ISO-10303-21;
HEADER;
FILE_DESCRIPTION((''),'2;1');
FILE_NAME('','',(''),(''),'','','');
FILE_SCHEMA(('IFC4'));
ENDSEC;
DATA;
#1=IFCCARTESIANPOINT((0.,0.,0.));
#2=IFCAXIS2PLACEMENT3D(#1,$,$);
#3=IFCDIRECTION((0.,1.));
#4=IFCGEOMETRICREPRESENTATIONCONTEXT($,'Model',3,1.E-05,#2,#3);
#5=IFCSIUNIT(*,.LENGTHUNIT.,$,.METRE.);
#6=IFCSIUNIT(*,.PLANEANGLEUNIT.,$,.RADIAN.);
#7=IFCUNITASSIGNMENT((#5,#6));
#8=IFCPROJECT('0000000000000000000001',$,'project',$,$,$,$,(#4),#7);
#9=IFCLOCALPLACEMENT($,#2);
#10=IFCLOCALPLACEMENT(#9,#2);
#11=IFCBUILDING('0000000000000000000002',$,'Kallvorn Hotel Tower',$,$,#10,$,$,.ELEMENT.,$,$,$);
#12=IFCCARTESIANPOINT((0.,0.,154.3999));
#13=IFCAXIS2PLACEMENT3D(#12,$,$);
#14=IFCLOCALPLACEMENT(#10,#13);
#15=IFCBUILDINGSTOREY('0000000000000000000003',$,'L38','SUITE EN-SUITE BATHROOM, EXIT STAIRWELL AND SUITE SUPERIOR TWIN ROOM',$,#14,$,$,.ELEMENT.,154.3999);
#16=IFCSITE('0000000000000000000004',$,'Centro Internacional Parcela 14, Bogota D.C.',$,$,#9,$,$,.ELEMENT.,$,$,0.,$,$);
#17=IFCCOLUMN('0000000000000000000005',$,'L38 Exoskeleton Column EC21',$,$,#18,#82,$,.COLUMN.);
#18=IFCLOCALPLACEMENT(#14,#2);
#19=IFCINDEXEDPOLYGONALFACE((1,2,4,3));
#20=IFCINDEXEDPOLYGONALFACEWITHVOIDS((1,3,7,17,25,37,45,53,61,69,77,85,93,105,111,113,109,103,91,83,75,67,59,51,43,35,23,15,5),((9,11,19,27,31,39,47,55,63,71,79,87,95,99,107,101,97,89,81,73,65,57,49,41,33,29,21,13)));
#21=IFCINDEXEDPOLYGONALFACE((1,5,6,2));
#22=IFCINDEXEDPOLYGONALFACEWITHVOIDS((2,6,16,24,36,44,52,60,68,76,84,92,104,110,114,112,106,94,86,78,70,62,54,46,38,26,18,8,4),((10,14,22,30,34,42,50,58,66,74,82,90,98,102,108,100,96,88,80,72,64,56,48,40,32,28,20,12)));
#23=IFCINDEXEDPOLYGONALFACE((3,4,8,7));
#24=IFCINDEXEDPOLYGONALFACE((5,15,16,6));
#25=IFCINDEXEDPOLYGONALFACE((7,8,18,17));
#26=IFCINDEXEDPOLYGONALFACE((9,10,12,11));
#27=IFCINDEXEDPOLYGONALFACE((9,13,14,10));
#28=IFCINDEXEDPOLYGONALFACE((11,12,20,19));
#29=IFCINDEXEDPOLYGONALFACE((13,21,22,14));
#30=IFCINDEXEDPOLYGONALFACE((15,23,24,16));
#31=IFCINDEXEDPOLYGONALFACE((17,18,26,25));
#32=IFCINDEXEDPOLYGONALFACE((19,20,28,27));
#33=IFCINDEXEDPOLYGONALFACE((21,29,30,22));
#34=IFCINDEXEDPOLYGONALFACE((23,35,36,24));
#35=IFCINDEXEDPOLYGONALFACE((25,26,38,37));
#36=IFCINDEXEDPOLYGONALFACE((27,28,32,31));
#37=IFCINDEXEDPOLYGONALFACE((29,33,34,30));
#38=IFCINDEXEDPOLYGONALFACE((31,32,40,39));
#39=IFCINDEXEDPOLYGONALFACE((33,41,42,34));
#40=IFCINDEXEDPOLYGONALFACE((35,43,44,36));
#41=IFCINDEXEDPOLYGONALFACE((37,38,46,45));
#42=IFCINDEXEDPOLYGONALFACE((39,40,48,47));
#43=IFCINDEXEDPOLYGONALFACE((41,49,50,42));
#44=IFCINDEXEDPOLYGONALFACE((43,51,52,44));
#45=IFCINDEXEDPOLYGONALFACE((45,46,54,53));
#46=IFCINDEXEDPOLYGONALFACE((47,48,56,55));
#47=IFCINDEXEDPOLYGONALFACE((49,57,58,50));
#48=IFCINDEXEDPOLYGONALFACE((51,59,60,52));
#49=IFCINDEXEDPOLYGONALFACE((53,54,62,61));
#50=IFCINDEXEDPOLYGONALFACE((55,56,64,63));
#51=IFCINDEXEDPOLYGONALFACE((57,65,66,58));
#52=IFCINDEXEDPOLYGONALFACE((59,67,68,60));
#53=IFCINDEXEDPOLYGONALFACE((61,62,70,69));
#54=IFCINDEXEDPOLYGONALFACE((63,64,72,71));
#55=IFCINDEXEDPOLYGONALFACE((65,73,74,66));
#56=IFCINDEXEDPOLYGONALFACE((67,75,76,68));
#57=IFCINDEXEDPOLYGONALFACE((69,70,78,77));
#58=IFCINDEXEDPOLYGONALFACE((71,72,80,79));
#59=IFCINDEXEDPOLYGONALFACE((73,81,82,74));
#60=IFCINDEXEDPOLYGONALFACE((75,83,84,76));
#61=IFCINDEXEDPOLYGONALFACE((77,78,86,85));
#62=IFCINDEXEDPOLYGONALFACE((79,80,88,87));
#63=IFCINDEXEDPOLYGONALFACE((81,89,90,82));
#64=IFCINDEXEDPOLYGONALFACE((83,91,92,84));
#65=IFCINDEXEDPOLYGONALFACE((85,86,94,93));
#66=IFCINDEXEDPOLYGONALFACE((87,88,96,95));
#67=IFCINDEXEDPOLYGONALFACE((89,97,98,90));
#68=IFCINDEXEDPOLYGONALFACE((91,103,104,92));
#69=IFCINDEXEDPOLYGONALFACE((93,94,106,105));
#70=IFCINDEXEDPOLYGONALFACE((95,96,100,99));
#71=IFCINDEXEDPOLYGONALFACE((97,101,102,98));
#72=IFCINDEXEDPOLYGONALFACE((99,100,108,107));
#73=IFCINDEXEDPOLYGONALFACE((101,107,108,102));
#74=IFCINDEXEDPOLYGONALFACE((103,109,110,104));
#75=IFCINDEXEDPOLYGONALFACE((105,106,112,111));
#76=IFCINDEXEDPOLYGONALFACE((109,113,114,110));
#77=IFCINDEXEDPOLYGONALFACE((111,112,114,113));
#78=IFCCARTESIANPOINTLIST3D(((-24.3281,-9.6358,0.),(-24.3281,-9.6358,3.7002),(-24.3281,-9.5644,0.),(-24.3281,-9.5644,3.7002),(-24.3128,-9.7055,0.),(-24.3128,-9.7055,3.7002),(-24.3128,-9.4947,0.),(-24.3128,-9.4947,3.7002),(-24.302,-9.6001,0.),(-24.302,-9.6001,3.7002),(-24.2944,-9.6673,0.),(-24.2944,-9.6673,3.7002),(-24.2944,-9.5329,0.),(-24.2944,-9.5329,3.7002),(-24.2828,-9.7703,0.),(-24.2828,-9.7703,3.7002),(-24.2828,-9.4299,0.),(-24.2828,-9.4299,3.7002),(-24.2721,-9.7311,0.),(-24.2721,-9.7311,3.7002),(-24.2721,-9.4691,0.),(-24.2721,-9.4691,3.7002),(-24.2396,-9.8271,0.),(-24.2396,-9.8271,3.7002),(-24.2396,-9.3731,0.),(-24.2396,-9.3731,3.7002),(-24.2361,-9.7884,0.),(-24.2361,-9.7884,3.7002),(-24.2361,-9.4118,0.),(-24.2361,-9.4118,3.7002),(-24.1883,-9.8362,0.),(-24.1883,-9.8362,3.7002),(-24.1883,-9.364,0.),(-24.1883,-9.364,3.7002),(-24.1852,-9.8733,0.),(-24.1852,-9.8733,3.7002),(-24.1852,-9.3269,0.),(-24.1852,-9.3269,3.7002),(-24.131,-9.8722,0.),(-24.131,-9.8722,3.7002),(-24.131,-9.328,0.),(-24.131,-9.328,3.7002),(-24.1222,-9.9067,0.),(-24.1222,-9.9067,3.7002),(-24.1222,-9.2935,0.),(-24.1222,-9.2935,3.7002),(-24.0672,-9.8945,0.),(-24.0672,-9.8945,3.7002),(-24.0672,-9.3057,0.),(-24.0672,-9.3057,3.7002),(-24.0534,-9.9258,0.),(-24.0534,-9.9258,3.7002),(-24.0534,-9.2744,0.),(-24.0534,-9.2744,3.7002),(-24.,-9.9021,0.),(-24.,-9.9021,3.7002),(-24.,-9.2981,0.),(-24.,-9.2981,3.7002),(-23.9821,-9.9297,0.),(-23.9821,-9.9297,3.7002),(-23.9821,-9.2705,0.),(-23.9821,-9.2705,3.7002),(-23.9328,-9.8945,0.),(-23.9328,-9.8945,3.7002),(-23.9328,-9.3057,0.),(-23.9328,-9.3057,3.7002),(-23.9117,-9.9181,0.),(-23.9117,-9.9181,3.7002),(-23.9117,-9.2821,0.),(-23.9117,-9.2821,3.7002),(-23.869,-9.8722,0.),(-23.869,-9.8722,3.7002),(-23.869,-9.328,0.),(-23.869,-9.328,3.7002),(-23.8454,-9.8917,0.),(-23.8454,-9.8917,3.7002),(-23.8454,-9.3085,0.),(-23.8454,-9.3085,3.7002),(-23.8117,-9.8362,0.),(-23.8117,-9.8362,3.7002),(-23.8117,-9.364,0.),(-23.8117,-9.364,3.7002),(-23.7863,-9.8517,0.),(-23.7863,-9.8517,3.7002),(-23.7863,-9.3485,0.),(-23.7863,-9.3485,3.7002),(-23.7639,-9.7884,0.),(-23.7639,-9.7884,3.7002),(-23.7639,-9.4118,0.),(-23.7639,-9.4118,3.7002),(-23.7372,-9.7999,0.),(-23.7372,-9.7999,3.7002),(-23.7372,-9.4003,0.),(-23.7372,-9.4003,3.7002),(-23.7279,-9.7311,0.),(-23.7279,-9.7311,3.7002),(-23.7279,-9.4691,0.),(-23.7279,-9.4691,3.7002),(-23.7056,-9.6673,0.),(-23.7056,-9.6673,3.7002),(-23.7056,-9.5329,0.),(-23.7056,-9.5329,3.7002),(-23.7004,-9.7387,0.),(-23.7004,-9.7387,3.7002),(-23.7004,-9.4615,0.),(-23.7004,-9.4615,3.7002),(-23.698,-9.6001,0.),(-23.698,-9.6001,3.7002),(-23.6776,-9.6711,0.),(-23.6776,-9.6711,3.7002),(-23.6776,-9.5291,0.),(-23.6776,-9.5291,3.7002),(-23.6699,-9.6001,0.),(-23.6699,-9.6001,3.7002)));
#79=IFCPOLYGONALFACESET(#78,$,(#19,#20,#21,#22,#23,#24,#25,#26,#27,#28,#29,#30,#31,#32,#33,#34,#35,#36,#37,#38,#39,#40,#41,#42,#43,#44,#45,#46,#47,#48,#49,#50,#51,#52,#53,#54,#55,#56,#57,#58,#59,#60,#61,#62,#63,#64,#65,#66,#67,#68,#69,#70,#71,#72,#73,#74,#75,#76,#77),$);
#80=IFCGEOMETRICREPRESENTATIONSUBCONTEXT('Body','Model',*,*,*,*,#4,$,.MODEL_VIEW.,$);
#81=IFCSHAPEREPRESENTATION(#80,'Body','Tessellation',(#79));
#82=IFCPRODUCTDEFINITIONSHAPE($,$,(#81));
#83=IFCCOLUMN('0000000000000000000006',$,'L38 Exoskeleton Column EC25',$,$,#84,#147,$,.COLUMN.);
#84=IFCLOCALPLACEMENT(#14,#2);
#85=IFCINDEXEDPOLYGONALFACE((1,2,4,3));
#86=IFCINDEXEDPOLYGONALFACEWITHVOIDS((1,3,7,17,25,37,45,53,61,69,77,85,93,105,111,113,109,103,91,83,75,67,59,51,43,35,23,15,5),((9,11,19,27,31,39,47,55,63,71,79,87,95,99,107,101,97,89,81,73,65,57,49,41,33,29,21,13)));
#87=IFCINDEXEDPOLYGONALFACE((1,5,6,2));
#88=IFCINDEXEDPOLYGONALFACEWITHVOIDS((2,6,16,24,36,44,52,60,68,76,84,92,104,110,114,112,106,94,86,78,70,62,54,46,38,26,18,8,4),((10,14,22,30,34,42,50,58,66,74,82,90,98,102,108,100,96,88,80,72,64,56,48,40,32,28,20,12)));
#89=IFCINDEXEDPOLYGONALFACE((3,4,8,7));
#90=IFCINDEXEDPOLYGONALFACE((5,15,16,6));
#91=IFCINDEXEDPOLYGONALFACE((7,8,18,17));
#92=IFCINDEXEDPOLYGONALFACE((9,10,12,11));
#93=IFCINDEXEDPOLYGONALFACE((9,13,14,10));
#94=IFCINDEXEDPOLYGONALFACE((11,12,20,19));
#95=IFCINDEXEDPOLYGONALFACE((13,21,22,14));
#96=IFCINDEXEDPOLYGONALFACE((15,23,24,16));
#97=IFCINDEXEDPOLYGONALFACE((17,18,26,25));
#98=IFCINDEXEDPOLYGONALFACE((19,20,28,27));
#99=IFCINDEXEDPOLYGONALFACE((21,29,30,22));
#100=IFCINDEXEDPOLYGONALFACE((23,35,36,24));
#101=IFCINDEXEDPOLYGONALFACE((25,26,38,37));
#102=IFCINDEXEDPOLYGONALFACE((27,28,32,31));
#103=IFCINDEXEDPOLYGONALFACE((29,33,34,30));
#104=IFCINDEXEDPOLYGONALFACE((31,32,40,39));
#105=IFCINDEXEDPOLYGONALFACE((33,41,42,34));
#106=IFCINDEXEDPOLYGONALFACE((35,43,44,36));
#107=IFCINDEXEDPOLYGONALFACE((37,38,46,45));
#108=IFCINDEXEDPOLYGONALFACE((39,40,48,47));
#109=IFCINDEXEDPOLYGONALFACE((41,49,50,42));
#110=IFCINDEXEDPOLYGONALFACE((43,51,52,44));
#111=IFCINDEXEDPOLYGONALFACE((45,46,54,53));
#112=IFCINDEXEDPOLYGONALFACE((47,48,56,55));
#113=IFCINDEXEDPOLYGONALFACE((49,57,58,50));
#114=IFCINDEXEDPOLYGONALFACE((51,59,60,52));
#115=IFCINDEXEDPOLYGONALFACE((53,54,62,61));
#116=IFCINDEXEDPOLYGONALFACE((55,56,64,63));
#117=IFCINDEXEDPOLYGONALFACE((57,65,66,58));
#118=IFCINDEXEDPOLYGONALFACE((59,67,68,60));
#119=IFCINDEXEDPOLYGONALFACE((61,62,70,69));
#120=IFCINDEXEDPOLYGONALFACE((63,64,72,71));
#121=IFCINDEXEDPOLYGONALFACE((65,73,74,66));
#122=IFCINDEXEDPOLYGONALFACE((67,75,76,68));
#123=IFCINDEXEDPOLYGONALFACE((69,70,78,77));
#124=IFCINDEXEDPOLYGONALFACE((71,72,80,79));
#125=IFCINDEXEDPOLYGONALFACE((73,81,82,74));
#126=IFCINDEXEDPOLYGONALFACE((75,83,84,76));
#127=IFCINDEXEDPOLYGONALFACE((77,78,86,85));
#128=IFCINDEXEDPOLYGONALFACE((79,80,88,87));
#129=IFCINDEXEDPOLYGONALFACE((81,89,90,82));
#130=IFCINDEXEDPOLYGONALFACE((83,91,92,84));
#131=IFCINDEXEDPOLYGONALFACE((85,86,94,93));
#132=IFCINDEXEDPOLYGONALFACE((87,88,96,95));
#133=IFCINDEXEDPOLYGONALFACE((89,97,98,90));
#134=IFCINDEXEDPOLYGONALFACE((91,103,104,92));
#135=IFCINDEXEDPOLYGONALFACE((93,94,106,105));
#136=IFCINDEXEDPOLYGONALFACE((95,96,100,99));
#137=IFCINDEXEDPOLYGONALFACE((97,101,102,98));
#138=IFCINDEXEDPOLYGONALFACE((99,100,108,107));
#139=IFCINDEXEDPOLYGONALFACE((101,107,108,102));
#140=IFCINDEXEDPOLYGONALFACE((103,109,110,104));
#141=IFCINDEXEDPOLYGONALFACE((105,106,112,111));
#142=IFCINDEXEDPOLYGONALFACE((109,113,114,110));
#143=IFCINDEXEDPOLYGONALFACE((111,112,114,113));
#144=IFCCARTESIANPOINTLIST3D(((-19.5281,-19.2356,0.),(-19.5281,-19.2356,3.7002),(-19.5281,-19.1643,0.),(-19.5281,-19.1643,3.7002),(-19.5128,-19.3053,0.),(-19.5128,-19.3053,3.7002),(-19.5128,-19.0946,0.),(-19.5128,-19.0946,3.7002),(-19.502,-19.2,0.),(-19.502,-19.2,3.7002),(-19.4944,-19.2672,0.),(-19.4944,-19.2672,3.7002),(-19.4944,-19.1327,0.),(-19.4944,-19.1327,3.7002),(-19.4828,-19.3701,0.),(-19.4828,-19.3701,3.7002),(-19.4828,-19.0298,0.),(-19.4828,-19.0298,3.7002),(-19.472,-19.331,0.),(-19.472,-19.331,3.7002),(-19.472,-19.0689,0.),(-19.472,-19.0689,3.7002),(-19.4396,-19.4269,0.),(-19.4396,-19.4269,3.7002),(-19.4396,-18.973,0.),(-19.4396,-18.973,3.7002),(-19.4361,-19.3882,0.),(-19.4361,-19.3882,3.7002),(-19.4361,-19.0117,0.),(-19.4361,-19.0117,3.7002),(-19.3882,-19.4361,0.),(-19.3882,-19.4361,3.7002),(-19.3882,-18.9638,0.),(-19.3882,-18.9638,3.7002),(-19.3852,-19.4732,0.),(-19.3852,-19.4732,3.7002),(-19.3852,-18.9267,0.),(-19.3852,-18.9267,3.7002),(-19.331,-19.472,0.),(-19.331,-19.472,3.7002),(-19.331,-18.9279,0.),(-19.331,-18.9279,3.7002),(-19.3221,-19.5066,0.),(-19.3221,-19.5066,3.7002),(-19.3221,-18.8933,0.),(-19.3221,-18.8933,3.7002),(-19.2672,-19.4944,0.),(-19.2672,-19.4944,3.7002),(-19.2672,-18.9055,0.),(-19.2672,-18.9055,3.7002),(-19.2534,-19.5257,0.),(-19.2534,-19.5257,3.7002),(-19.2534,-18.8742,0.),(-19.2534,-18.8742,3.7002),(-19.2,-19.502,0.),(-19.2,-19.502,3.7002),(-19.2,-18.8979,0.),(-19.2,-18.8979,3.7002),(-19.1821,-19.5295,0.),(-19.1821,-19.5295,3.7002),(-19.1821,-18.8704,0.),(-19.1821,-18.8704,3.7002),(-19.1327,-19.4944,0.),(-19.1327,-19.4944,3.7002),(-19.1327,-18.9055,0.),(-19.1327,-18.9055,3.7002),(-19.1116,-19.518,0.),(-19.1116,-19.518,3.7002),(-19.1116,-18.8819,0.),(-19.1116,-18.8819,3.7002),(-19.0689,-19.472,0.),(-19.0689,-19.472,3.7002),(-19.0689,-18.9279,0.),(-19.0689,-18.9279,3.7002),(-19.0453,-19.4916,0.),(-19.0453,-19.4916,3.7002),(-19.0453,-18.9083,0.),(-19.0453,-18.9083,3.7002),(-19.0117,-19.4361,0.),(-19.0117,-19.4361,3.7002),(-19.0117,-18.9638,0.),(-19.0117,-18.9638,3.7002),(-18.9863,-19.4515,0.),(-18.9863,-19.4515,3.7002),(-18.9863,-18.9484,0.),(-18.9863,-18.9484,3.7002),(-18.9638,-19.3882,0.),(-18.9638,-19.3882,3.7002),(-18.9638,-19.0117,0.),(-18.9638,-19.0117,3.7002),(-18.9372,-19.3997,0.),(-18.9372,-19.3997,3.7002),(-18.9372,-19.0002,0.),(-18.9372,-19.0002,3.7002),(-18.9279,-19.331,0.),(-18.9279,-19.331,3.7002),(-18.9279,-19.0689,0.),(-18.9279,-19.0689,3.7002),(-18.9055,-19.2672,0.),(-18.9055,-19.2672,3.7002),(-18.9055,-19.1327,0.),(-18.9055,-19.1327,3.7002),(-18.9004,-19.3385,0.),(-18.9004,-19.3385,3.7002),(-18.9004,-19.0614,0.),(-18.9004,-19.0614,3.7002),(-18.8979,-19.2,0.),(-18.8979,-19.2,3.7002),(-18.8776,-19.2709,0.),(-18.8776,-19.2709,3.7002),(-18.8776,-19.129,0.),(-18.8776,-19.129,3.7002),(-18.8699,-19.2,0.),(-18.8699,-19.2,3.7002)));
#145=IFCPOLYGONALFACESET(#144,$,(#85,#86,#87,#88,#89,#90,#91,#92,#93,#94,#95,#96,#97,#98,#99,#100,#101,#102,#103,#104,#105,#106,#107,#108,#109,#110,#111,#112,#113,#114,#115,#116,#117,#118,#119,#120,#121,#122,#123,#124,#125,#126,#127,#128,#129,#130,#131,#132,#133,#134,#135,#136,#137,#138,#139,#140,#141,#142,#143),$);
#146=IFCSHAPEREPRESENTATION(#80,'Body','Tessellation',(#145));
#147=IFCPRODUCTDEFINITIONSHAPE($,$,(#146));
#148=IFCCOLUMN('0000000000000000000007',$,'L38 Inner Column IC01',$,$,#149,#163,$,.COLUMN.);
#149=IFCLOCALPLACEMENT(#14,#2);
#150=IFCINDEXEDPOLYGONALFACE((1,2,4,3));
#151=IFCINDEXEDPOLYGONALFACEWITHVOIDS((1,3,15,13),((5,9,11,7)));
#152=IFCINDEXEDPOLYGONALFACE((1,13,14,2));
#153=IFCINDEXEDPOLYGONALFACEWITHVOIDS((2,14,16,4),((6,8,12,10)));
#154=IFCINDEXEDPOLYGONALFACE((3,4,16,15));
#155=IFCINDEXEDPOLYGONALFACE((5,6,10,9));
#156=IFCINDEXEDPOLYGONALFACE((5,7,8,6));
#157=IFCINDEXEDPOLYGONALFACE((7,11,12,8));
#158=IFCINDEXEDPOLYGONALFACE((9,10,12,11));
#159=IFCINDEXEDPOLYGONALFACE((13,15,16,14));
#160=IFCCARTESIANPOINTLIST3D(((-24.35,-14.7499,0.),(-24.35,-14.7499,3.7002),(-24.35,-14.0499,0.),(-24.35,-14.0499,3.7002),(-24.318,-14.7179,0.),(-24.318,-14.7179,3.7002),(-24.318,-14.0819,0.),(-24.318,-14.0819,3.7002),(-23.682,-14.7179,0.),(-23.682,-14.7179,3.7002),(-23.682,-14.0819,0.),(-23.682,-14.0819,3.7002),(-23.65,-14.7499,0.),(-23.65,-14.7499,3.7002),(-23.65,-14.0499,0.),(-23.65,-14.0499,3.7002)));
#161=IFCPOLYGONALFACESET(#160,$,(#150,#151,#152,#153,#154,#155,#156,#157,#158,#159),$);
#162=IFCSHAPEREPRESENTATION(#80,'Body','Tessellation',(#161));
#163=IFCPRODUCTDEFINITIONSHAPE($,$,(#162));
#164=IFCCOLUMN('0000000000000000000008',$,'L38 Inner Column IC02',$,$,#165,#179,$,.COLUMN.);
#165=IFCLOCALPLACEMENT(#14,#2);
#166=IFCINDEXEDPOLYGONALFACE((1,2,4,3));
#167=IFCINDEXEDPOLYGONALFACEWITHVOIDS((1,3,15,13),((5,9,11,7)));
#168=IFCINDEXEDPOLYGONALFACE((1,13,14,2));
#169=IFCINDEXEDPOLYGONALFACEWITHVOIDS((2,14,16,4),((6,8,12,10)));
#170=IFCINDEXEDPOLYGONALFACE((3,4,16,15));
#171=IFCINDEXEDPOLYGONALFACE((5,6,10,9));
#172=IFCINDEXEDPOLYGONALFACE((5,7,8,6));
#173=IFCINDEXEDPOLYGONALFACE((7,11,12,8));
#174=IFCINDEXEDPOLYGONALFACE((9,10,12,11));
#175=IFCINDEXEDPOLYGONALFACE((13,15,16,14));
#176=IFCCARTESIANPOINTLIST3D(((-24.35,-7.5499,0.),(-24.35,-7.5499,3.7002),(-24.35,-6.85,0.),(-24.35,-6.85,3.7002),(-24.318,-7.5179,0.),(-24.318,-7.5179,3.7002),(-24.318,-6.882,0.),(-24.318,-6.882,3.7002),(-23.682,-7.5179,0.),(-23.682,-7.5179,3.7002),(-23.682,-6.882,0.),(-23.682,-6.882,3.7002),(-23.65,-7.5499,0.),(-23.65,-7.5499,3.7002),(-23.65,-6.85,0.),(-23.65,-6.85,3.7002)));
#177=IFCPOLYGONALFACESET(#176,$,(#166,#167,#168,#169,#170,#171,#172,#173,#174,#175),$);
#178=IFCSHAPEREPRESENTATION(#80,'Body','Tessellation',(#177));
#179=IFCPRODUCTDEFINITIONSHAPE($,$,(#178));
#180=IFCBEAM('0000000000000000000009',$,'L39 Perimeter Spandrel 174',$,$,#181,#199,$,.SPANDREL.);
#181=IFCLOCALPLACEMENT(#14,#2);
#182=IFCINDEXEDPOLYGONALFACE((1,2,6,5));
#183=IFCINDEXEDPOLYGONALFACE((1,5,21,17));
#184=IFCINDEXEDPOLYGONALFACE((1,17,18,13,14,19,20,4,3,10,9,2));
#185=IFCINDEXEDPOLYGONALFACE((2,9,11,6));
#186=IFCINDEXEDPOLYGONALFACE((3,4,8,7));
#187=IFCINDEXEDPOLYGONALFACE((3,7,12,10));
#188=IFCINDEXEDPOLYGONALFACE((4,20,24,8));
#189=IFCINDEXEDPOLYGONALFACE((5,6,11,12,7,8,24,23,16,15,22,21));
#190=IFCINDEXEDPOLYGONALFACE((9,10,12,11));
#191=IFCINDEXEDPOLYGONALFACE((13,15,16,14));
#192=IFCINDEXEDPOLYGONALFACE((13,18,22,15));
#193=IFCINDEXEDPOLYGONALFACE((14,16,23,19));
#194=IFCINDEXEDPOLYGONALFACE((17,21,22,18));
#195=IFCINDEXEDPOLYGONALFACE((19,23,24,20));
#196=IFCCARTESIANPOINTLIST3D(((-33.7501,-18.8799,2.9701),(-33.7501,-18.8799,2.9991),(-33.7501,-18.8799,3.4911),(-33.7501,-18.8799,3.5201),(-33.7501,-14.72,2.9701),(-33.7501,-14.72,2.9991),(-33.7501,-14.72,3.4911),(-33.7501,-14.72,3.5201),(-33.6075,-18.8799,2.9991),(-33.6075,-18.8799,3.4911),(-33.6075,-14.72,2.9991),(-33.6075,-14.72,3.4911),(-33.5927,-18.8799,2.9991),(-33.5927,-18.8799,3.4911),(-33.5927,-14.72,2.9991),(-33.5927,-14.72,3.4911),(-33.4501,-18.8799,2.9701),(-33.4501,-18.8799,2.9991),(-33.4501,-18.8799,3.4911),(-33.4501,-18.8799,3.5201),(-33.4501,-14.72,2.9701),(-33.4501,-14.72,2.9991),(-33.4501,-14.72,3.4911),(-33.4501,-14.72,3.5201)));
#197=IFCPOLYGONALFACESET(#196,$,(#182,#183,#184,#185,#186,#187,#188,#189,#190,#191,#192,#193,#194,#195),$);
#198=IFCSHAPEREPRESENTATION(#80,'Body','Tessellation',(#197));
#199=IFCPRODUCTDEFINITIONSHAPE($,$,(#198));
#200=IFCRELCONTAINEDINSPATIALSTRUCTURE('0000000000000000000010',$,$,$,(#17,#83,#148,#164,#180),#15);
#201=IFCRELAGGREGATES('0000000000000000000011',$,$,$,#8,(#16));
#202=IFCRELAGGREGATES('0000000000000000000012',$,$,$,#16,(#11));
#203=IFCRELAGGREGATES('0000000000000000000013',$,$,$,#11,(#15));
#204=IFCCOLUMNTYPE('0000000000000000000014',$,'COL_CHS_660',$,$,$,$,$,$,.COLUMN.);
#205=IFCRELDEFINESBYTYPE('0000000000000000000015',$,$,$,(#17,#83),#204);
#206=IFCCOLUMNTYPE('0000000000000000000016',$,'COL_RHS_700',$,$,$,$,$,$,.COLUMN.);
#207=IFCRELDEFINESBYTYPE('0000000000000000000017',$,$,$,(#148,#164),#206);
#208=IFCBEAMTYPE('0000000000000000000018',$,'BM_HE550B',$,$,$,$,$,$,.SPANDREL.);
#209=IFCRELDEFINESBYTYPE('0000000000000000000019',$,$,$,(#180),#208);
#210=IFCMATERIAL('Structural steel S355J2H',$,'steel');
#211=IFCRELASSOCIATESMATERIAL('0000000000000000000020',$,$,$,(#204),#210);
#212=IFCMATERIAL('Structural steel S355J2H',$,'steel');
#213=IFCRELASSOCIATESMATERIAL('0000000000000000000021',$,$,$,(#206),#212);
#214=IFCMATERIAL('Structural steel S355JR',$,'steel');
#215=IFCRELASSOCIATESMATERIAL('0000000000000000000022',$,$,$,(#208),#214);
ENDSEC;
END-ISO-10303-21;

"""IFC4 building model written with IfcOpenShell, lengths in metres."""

from ifc_helpers import new_model, si_unit, direction, frame, origin, origin_2d, place, context, subcontext, project, spatial, hollow_rectangle, hollow_circle, i_section, extrude, material, material_profile, profile_set, type_object, element, save


model = new_model("IFC4")

# Units and contexts
model_context = context("Model", 3, precision=1e-05, world=origin(), true_north=direction((0.0, 1.0)))
body_context = subcontext(model_context, "Body", "Model", "MODEL_VIEW")
ifc_project = project(units=[si_unit("LENGTHUNIT", "METRE"), si_unit("PLANEANGLEUNIT", "RADIAN")], contexts=[model_context])

# Site, building, storey
site_placement = place(None, origin())
site = spatial("IfcSite", under=ifc_project, at=site_placement, Name="Centro Internacional Parcela 14, Bogota D.C.", CompositionType="ELEMENT", RefElevation=0.0)
building_placement = place(site_placement, origin())
building = spatial("IfcBuilding", under=site, at=building_placement, Name="Kallvorn Hotel Tower", CompositionType="ELEMENT")
storey_placement = place(building_placement, frame((0.0, 0.0, 154.3999)))
storey = spatial("IfcBuildingStorey", under=building, at=storey_placement, Name="L38", Description="SUITE EN-SUITE BATHROOM, EXIT STAIRWELL AND SUITE SUPERIOR TWIN ROOM", CompositionType="ELEMENT", Elevation=154.3999)

# Columns
ifc_material_1 = material(Name="Structural steel S355J2H", Category="steel")
ifc_material_profile_1 = material_profile(ifc_material_1, hollow_circle(Radius=0.3301, WallThickness=0.0281, at=origin_2d()), Name="CHS 660x28")
ifc_profile_set_1 = profile_set([ifc_material_profile_1], Name="Structural steel S355J2H")
column_type_1 = type_object("IfcColumnType", Name="COL_CHS_660", PredefinedType="COLUMN", material=ifc_profile_set_1)
for number, where, z_axis, x_axis, name in (
    (1, (-24.0, -9.6001, 0.0), (0.0, 0.0, 1.0), (1.0, 0.0, 0.0), "L38 Exoskeleton Column EC21"),
    (2, (-19.2, -19.2, 0.0), (0.0, 0.0, 1.0), (1.0, 0.0, 0.0), "L38 Exoskeleton Column EC25"),
):
    element("IfcColumn", number, at=place(storey_placement, frame(where, z_axis=z_axis, x_axis=x_axis)), inside=storey, type_object=column_type_1, Name=name, PredefinedType="COLUMN", context=body_context, shape_type="SweptSolid", body=[
        extrude(hollow_circle(Radius=0.3301, WallThickness=0.0281, at=origin_2d()), origin(), (0.0, 0.0, 1.0), 3.7002),
    ])
ifc_material_2 = material(Name="Structural steel S355J2H", Category="steel")
ifc_material_profile_2 = material_profile(ifc_material_2, hollow_rectangle(XDim=0.7, YDim=0.7, WallThickness=0.032, at=origin_2d()), Name="RHS 700x700x32")
ifc_profile_set_2 = profile_set([ifc_material_profile_2], Name="Structural steel S355J2H")
column_type_2 = type_object("IfcColumnType", Name="COL_RHS_700", PredefinedType="COLUMN", material=ifc_profile_set_2)
for number, where, z_axis, x_axis, name in (
    (3, (-24.0, -14.3999, 0.0), (0.0, 0.0, 1.0), (1.0, 0.0, 0.0), "L38 Inner Column IC01"),
    (4, (-24.0, -7.2, 0.0), (0.0, 0.0, 1.0), (1.0, 0.0, 0.0), "L38 Inner Column IC02"),
):
    element("IfcColumn", number, at=place(storey_placement, frame(where, z_axis=z_axis, x_axis=x_axis)), inside=storey, type_object=column_type_2, Name=name, PredefinedType="COLUMN", context=body_context, shape_type="SweptSolid", body=[
        extrude(hollow_rectangle(XDim=0.7, YDim=0.7, WallThickness=0.032, at=origin_2d()), origin(), (0.0, 0.0, 1.0), 3.7002),
    ])

# Beam
ifc_material_3 = material(Name="Structural steel S355JR", Category="steel")
ifc_material_profile_3 = material_profile(ifc_material_3, i_section(OverallWidth=0.3, OverallDepth=0.55, WebThickness=0.0149, FlangeThickness=0.0291, at=origin_2d()), Name="HE 550 B")
ifc_profile_set_3 = profile_set([ifc_material_profile_3], Name="Structural steel S355JR")
beam_type_1 = type_object("IfcBeamType", Name="BM_HE550B", PredefinedType="SPANDREL", material=ifc_profile_set_3)
beam_1_placement = place(storey_placement, frame((-33.6001, -18.8799, 3.2451), z_axis=(0.0, 1.0, 0.0), x_axis=(-1.0, 0.0, 0.0)))
element("IfcBeam", 5, at=beam_1_placement, inside=storey, type_object=beam_type_1, Name="L39 Perimeter Spandrel 174", PredefinedType="SPANDREL", context=body_context, shape_type="SweptSolid", body=[
    extrude(i_section(OverallWidth=0.3, OverallDepth=0.55, WebThickness=0.0149, FlangeThickness=0.0291, at=origin_2d()), origin(), (0.0, 0.0, 1.0), 4.1599),
])

save(model, "model.ifc")
